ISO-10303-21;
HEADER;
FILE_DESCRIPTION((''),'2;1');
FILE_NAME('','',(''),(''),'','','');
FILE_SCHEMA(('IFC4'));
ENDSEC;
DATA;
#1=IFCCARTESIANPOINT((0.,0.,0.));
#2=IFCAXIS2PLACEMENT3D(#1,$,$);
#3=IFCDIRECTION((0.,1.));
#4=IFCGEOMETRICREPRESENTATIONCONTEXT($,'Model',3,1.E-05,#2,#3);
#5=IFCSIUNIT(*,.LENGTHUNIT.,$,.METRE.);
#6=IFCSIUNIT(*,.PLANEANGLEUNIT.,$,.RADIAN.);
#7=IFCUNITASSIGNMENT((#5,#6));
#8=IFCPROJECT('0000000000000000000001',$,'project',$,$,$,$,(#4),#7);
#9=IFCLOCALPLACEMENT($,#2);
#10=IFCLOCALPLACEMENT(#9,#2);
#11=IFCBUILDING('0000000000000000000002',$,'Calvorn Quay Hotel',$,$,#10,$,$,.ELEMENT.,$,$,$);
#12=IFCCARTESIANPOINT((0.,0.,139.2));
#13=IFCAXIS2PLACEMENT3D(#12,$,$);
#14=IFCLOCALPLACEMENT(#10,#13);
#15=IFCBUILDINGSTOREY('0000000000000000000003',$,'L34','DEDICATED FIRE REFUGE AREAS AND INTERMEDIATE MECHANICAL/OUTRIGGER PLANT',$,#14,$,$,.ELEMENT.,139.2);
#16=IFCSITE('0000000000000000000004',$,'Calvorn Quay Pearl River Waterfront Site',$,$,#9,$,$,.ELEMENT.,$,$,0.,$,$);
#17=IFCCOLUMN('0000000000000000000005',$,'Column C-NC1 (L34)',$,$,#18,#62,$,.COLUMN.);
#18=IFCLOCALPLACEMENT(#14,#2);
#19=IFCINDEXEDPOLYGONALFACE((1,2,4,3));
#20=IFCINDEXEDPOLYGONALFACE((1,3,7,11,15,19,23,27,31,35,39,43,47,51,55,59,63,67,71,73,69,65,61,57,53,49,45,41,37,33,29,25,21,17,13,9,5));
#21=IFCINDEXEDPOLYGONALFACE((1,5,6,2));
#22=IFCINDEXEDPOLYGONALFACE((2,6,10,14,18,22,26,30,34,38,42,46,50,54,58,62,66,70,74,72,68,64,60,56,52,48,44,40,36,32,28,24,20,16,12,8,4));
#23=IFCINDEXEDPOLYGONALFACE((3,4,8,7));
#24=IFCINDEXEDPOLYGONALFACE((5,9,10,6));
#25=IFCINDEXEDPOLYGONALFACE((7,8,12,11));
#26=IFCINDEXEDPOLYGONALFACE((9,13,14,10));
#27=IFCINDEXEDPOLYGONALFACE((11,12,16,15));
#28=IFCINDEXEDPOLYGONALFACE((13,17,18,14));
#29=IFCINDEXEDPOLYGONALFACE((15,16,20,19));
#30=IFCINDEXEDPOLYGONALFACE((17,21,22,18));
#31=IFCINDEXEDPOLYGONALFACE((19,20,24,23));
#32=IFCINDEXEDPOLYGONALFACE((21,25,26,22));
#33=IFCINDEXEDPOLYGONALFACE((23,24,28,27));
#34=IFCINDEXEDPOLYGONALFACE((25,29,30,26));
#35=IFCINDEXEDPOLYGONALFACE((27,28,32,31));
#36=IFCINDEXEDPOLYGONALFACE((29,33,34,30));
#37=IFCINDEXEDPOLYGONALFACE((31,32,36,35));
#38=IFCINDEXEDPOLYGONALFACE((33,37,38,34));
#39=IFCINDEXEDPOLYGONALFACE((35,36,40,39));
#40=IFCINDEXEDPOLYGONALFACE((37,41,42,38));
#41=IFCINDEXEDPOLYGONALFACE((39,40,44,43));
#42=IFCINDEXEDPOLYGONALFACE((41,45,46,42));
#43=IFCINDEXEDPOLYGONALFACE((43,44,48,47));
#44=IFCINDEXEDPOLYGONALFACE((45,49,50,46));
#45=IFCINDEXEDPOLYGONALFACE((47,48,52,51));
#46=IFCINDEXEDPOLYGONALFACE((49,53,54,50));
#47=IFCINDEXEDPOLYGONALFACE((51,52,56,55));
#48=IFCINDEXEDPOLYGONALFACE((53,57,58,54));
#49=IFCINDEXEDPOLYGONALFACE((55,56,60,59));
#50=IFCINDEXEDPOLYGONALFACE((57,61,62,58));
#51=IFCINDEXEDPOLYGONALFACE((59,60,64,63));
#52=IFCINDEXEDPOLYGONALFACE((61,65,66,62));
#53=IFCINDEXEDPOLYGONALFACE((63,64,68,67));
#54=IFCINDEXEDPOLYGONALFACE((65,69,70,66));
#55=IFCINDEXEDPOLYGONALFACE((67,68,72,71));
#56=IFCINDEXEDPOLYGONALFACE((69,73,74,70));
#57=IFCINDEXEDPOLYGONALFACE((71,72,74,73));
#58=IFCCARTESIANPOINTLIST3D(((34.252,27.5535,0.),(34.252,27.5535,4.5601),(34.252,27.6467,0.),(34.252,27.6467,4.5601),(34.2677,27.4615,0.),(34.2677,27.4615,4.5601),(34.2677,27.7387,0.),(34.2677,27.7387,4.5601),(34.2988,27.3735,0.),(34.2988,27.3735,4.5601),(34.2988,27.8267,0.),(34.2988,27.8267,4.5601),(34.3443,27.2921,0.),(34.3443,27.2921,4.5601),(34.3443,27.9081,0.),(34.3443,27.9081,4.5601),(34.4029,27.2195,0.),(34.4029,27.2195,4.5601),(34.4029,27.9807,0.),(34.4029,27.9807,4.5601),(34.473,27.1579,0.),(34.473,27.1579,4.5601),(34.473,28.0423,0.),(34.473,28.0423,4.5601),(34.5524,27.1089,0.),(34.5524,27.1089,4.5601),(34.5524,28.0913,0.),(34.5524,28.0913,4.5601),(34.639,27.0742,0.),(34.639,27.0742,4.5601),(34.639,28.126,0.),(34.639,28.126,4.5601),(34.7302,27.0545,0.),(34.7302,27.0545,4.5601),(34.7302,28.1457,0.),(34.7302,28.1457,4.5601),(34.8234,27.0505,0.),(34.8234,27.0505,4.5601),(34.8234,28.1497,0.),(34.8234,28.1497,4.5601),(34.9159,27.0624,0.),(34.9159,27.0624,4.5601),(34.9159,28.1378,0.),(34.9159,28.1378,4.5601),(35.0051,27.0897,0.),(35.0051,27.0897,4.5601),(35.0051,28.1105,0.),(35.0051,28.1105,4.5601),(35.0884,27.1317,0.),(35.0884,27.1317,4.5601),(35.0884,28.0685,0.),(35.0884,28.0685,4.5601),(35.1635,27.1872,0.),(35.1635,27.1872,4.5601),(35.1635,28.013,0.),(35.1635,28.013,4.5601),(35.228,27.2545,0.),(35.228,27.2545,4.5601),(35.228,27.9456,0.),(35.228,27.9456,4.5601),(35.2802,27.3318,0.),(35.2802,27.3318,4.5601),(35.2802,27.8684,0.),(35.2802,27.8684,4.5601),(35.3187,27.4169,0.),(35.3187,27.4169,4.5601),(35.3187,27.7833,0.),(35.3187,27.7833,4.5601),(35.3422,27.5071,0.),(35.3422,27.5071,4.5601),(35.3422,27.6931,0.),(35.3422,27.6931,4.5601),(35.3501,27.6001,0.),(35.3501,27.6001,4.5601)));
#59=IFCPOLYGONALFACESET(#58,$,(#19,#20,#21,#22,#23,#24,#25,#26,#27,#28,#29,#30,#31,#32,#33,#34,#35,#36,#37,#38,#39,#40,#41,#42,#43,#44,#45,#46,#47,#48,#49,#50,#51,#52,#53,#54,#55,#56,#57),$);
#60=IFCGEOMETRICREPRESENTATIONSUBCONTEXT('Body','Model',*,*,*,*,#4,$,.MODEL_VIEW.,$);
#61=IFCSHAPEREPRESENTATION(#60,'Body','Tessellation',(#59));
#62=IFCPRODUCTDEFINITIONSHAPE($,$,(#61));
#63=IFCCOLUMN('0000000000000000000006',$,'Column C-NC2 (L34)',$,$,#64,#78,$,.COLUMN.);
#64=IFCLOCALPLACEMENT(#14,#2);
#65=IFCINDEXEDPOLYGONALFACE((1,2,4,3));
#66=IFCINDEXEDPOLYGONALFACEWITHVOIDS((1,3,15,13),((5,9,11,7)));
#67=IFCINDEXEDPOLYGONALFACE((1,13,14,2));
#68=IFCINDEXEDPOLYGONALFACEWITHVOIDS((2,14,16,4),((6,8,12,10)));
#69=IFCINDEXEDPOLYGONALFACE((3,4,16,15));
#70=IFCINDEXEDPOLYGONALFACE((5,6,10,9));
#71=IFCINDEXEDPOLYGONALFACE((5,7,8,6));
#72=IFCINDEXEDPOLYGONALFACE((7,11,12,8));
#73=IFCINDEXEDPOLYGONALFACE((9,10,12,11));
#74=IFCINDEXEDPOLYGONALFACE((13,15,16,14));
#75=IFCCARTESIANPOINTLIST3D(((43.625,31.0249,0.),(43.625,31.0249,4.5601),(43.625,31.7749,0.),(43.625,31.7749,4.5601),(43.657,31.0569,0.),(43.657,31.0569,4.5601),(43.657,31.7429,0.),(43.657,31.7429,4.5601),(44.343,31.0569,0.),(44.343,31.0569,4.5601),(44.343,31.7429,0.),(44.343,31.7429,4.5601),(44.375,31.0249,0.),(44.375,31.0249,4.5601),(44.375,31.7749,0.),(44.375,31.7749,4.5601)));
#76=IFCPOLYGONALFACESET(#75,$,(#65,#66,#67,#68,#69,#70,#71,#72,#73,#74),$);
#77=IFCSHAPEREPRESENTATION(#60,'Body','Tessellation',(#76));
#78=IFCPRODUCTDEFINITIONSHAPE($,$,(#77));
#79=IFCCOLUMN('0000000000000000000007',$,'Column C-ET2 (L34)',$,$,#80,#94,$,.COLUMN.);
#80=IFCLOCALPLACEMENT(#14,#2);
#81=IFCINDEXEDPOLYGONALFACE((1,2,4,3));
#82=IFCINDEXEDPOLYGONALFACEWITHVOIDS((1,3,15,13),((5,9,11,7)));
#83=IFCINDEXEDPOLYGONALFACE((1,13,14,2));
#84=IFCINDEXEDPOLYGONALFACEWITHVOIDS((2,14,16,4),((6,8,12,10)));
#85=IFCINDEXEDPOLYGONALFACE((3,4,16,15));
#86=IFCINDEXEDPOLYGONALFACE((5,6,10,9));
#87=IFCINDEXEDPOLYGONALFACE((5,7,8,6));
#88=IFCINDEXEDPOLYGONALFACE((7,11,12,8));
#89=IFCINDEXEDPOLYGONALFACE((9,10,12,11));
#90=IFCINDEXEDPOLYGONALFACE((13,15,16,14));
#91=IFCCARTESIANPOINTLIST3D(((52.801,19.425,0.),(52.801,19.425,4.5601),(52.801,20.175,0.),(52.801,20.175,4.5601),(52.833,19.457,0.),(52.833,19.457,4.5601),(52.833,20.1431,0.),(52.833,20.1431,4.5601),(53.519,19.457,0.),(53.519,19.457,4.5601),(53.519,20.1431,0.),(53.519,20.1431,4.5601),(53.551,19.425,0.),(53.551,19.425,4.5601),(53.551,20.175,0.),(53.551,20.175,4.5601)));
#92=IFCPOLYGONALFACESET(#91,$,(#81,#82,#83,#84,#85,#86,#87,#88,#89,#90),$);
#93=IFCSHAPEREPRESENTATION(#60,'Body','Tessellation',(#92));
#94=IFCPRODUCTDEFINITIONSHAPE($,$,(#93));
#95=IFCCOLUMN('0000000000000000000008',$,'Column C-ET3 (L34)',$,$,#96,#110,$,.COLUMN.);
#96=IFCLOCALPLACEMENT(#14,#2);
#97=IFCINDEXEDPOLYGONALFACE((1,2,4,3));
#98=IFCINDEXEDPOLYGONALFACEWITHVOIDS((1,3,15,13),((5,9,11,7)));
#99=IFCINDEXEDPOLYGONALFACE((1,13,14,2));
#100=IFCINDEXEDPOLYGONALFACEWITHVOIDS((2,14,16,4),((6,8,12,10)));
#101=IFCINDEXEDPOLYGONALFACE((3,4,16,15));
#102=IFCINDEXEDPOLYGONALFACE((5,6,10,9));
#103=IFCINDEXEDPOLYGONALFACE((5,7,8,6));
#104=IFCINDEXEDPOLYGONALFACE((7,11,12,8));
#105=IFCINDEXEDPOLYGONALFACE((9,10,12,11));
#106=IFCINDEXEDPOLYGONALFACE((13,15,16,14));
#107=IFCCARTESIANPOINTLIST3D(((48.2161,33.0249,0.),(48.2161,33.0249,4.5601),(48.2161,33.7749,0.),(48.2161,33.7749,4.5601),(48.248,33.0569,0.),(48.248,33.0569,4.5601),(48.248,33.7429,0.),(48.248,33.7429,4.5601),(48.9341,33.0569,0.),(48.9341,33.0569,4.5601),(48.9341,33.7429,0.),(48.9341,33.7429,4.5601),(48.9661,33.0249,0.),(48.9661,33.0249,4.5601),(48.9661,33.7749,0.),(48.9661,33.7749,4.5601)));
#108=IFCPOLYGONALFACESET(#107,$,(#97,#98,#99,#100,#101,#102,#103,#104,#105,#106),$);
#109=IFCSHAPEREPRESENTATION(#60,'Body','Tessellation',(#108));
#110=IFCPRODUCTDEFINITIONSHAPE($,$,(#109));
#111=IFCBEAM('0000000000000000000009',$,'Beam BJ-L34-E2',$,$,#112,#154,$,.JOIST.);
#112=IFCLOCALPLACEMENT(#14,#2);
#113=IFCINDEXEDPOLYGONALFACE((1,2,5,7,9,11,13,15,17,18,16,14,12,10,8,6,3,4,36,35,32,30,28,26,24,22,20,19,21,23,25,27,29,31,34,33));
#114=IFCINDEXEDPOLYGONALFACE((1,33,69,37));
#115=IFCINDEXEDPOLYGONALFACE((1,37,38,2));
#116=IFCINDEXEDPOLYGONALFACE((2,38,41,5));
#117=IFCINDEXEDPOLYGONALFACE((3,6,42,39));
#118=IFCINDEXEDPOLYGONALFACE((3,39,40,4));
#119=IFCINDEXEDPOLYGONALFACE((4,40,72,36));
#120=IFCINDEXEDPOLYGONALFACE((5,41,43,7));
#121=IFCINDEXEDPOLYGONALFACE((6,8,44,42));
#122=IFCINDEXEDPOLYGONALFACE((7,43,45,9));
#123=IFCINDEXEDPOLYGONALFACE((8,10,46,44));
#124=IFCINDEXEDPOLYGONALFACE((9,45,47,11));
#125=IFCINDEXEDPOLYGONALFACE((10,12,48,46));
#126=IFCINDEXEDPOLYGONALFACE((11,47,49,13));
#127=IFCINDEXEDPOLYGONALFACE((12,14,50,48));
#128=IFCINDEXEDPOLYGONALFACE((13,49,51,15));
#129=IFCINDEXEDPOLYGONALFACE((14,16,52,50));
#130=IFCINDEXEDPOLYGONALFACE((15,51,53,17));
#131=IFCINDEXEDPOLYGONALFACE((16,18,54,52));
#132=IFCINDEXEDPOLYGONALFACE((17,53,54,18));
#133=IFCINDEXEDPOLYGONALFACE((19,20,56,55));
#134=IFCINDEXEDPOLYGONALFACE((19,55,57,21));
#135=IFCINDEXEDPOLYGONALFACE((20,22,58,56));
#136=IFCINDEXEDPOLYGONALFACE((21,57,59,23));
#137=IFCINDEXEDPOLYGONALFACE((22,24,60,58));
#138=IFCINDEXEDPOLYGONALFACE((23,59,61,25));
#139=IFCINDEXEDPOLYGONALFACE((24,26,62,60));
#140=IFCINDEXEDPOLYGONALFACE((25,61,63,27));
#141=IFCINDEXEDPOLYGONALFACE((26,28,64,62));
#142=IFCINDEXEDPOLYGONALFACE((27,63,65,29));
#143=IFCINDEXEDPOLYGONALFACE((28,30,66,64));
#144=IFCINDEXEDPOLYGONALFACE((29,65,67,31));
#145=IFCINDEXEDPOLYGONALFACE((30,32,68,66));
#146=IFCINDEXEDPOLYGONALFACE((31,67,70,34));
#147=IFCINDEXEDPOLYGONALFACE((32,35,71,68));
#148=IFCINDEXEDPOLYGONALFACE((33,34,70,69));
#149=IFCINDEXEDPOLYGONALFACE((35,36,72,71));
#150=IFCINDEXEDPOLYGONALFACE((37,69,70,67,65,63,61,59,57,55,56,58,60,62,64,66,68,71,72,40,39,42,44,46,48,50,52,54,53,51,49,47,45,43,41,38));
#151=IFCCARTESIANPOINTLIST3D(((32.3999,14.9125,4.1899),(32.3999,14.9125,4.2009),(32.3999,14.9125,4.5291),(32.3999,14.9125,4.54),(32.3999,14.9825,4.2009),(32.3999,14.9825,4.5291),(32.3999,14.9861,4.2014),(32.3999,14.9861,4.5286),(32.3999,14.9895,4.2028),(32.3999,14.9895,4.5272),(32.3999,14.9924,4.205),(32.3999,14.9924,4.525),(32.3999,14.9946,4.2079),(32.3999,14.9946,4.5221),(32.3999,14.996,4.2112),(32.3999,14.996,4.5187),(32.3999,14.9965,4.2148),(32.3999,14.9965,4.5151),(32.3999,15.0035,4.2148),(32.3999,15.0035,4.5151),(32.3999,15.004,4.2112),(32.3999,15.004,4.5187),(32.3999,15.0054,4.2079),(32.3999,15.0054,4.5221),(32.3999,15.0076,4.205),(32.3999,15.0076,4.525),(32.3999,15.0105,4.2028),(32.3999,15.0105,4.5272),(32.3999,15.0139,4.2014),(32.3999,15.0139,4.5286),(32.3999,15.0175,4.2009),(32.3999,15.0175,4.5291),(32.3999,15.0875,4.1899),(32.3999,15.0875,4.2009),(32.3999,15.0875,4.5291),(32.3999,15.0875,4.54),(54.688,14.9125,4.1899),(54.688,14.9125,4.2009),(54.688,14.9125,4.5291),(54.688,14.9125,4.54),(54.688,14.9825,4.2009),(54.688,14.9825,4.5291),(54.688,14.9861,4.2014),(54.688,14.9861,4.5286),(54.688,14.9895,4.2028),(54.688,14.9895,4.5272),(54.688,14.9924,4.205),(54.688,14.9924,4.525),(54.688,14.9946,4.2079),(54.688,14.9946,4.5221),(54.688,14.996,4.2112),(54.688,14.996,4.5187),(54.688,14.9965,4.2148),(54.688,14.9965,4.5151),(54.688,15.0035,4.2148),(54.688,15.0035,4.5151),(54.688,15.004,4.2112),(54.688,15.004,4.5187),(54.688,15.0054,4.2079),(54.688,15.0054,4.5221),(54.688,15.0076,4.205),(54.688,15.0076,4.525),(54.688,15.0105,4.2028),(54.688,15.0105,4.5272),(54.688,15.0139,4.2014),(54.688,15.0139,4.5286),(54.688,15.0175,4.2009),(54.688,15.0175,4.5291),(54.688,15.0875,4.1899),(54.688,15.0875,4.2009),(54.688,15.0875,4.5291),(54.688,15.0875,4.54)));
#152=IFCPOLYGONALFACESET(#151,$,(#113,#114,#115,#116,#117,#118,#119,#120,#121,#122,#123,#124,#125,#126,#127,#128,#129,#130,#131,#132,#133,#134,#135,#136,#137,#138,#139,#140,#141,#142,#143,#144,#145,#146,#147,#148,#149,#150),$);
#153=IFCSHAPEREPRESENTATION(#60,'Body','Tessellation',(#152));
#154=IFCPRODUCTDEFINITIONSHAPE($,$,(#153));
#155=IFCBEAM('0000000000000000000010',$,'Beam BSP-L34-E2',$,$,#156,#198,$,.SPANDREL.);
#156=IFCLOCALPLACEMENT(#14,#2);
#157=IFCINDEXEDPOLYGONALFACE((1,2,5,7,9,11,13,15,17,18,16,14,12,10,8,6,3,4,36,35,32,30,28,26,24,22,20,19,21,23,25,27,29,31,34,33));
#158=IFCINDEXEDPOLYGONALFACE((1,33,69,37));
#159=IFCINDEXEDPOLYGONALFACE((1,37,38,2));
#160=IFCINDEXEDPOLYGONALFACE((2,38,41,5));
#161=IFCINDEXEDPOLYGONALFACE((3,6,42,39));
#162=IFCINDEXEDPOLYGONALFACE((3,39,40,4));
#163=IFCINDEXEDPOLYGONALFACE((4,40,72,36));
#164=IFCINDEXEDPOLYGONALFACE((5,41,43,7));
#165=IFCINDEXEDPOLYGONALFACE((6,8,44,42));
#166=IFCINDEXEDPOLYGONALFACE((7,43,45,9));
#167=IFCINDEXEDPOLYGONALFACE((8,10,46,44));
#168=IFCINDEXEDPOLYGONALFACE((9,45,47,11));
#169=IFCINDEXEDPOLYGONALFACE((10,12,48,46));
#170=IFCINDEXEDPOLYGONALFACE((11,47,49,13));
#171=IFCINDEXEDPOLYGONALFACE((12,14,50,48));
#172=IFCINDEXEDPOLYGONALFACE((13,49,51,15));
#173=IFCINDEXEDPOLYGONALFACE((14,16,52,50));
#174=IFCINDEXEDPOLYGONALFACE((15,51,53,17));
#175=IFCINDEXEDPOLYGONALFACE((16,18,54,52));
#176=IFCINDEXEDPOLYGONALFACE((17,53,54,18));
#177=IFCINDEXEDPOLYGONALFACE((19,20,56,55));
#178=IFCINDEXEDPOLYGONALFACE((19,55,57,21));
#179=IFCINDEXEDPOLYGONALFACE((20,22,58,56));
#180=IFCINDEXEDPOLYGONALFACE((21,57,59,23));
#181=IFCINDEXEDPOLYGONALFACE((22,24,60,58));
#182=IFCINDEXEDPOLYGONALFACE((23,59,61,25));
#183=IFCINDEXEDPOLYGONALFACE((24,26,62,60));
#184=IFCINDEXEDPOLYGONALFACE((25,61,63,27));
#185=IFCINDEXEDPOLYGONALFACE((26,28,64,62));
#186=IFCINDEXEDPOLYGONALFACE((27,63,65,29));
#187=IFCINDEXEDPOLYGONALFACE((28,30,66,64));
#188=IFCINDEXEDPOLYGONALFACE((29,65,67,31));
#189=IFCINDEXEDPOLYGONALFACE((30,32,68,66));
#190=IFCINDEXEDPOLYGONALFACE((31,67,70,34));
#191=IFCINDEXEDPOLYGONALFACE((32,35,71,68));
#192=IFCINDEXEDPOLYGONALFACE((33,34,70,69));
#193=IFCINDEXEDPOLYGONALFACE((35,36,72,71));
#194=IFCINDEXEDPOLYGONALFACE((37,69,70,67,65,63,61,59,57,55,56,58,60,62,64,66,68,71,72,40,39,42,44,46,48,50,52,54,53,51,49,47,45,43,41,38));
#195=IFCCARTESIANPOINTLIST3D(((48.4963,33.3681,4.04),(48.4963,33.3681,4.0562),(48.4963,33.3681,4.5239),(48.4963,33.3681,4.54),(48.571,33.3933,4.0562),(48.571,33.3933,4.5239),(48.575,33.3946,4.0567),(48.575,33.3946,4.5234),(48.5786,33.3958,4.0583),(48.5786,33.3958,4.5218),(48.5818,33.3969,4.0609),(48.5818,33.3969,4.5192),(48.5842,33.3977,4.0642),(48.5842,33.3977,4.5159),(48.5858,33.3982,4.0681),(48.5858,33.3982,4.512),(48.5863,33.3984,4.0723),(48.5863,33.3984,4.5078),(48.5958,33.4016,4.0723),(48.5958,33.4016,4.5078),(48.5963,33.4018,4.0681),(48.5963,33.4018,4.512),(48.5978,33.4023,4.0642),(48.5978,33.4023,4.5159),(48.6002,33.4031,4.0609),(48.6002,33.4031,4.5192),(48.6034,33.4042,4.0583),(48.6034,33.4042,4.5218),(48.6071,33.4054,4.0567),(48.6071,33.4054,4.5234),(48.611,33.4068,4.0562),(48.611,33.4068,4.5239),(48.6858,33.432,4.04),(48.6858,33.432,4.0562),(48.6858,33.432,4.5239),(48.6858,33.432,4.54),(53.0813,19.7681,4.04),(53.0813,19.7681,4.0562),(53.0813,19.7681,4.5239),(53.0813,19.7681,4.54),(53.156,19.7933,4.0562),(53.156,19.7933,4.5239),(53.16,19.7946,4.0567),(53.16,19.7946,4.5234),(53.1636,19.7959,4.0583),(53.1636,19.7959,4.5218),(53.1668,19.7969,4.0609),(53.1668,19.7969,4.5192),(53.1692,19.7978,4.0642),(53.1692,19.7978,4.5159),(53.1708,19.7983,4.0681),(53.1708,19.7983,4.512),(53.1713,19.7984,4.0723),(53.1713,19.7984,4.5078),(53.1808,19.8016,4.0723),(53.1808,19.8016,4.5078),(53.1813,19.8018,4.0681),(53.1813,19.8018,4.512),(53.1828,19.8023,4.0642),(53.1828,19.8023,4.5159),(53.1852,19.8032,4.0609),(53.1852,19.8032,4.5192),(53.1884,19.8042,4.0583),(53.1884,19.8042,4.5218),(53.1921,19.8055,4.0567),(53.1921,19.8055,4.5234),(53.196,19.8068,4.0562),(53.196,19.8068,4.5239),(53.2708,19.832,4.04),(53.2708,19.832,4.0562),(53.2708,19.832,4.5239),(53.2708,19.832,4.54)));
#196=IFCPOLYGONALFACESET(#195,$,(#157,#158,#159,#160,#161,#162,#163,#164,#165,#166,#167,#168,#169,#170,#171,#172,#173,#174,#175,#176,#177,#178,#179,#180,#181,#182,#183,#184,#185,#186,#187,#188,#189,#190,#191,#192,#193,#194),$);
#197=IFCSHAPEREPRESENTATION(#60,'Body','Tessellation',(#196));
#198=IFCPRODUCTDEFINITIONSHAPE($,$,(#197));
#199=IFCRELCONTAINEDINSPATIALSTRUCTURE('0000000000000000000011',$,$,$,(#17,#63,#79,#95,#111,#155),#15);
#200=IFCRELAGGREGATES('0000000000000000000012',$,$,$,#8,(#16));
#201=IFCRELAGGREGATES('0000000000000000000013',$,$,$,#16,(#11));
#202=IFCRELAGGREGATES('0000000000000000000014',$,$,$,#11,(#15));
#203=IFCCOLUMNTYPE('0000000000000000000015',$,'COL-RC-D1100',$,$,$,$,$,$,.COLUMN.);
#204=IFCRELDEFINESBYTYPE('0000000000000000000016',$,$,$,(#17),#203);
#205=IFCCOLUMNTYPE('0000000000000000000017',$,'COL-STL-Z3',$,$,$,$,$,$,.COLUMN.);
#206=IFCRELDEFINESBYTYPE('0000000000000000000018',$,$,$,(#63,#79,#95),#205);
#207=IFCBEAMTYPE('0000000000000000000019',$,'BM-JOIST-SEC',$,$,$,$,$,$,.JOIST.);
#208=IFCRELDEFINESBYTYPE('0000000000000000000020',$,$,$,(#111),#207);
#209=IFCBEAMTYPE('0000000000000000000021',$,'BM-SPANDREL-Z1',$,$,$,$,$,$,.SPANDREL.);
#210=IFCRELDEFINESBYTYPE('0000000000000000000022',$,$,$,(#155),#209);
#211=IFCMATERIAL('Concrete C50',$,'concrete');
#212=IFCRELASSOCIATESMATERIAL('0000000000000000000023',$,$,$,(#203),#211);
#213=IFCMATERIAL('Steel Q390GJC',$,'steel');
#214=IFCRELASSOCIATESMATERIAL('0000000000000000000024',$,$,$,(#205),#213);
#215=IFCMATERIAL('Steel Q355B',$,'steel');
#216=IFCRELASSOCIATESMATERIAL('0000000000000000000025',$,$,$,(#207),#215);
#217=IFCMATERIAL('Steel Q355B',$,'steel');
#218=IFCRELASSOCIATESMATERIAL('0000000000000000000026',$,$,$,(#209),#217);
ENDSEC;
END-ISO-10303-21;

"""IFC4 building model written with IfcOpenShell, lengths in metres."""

from ifc_helpers import new_model, si_unit, direction, frame, origin, origin_2d, place, context, subcontext, project, spatial, hollow_rectangle, circle, i_section, extrude, material, material_profile, profile_set, type_object, element, save


model = new_model("IFC4")

# Units and contexts
model_context = context("Model", 3, precision=1e-05, world=origin(), true_north=direction((0.0, 1.0)))
body_context = subcontext(model_context, "Body", "Model", "MODEL_VIEW")
ifc_project = project(units=[si_unit("LENGTHUNIT", "METRE"), si_unit("PLANEANGLEUNIT", "RADIAN")], contexts=[model_context])

# Site, building, storey
site_placement = place(None, origin())
site = spatial("IfcSite", under=ifc_project, at=site_placement, Name="Calvorn Quay Pearl River Waterfront Site", CompositionType="ELEMENT", RefElevation=0.0)
building_placement = place(site_placement, origin())
building = spatial("IfcBuilding", under=site, at=building_placement, Name="Calvorn Quay Hotel", CompositionType="ELEMENT")
storey_placement = place(building_placement, frame((0.0, 0.0, 139.2)))
storey = spatial("IfcBuildingStorey", under=building, at=storey_placement, Name="L34", Description="DEDICATED FIRE REFUGE AREAS AND INTERMEDIATE MECHANICAL/OUTRIGGER PLANT", CompositionType="ELEMENT", Elevation=139.2)

# Columns
ifc_material_1 = material(Name="Concrete C50", Category="concrete")
ifc_material_profile_1 = material_profile(ifc_material_1, circle(Radius=0.55, at=origin_2d()), Name="RCD1100")
ifc_profile_set_1 = profile_set([ifc_material_profile_1], Name="Concrete C50")
column_type_1 = type_object("IfcColumnType", Name="COL-RC-D1100", PredefinedType="COLUMN", material=ifc_profile_set_1)
column_placement = place(storey_placement, frame((34.8, 27.6001, 0.0), z_axis=(0.0, 0.0, 1.0), x_axis=(1.0, 0.0, 0.0)))
element("IfcColumn", 1, at=column_placement, inside=storey, type_object=column_type_1, Name="Column C-NC1 (L34)", PredefinedType="COLUMN", context=body_context, shape_type="SweptSolid", body=[
    extrude(circle(Radius=0.55, at=origin_2d()), origin(), (0.0, 0.0, 1.0), 4.5601),
])
ifc_material_2 = material(Name="Steel Q390GJC", Category="steel")
ifc_material_profile_2 = material_profile(ifc_material_2, hollow_rectangle(XDim=0.75, YDim=0.75, WallThickness=0.032, at=origin_2d()), Name="BOX750x750x32")
ifc_profile_set_2 = profile_set([ifc_material_profile_2], Name="Steel Q390GJC")
column_type_2 = type_object("IfcColumnType", Name="COL-STL-Z3", PredefinedType="COLUMN", material=ifc_profile_set_2)
for number, where, z_axis, x_axis, name in (
    (2, (44.0, 31.3999, 0.0), (0.0, 0.0, 1.0), (1.0, 0.0, 0.0), "Column C-NC2 (L34)"),
    (3, (53.176, 19.8, 0.0), (0.0, 0.0, 1.0), (1.0, 0.0, 0.0), "Column C-ET2 (L34)"),
    (4, (48.5911, 33.3999, 0.0), (0.0, 0.0, 1.0), (1.0, 0.0, 0.0), "Column C-ET3 (L34)"),
):
    element("IfcColumn", number, at=place(storey_placement, frame(where, z_axis=z_axis, x_axis=x_axis)), inside=storey, type_object=column_type_2, Name=name, PredefinedType="COLUMN", context=body_context, shape_type="SweptSolid", body=[
        extrude(hollow_rectangle(XDim=0.75, YDim=0.75, WallThickness=0.032, at=origin_2d()), origin(), (0.0, 0.0, 1.0), 4.5601),
    ])

# Beams
ifc_material_3 = material(Name="Steel Q355B", Category="steel")
ifc_material_profile_3 = material_profile(ifc_material_3, i_section(OverallWidth=0.175, OverallDepth=0.3501, WebThickness=0.0071, FlangeThickness=0.011, FilletRadius=0.0139, at=origin_2d()), Name="HN350x175x7x11")
ifc_profile_set_3 = profile_set([ifc_material_profile_3], Name="Steel Q355B")
beam_type_1 = type_object("IfcBeamType", Name="BM-JOIST-SEC", PredefinedType="JOIST", material=ifc_profile_set_3)
beam_1_placement = place(storey_placement, frame((32.3999, 15.0, 4.365), z_axis=(1.0, 0.0, 0.0), x_axis=(0.0, 1.0, 0.0)))
element("IfcBeam", 5, at=beam_1_placement, inside=storey, type_object=beam_type_1, Name="Beam BJ-L34-E2", PredefinedType="JOIST", context=body_context, shape_type="SweptSolid", body=[
    extrude(i_section(OverallWidth=0.175, OverallDepth=0.3501, WebThickness=0.0071, FlangeThickness=0.011, FilletRadius=0.0139, at=origin_2d()), origin(), (0.0, 0.0, 1.0), 22.2881),
])
ifc_material_4 = material(Name="Steel Q355B", Category="steel")
ifc_material_profile_4 = material_profile(ifc_material_4, i_section(OverallWidth=0.2, OverallDepth=0.5, WebThickness=0.01, FlangeThickness=0.0161, FilletRadius=0.0161, at=origin_2d()), Name="HN500x200x10x16")
ifc_profile_set_4 = profile_set([ifc_material_profile_4], Name="Steel Q355B")
beam_type_2 = type_object("IfcBeamType", Name="BM-SPANDREL-Z1", PredefinedType="SPANDREL", material=ifc_profile_set_4)
beam_2_placement = place(storey_placement, frame((53.176, 19.8, 4.29), z_axis=(-0.319467, 0.947598, 0.0), x_axis=(-0.947598, -0.319467, 0.0)))
element("IfcBeam", 6, at=beam_2_placement, inside=storey, type_object=beam_type_2, Name="Beam BSP-L34-E2", PredefinedType="SPANDREL", context=body_context, shape_type="SweptSolid", body=[
    extrude(i_section(OverallWidth=0.2, OverallDepth=0.5, WebThickness=0.01, FlangeThickness=0.0161, FilletRadius=0.0161, at=origin_2d()), origin(), (0.0, 0.0, 1.0), 14.3521),
])

save(model, "model.ifc")
